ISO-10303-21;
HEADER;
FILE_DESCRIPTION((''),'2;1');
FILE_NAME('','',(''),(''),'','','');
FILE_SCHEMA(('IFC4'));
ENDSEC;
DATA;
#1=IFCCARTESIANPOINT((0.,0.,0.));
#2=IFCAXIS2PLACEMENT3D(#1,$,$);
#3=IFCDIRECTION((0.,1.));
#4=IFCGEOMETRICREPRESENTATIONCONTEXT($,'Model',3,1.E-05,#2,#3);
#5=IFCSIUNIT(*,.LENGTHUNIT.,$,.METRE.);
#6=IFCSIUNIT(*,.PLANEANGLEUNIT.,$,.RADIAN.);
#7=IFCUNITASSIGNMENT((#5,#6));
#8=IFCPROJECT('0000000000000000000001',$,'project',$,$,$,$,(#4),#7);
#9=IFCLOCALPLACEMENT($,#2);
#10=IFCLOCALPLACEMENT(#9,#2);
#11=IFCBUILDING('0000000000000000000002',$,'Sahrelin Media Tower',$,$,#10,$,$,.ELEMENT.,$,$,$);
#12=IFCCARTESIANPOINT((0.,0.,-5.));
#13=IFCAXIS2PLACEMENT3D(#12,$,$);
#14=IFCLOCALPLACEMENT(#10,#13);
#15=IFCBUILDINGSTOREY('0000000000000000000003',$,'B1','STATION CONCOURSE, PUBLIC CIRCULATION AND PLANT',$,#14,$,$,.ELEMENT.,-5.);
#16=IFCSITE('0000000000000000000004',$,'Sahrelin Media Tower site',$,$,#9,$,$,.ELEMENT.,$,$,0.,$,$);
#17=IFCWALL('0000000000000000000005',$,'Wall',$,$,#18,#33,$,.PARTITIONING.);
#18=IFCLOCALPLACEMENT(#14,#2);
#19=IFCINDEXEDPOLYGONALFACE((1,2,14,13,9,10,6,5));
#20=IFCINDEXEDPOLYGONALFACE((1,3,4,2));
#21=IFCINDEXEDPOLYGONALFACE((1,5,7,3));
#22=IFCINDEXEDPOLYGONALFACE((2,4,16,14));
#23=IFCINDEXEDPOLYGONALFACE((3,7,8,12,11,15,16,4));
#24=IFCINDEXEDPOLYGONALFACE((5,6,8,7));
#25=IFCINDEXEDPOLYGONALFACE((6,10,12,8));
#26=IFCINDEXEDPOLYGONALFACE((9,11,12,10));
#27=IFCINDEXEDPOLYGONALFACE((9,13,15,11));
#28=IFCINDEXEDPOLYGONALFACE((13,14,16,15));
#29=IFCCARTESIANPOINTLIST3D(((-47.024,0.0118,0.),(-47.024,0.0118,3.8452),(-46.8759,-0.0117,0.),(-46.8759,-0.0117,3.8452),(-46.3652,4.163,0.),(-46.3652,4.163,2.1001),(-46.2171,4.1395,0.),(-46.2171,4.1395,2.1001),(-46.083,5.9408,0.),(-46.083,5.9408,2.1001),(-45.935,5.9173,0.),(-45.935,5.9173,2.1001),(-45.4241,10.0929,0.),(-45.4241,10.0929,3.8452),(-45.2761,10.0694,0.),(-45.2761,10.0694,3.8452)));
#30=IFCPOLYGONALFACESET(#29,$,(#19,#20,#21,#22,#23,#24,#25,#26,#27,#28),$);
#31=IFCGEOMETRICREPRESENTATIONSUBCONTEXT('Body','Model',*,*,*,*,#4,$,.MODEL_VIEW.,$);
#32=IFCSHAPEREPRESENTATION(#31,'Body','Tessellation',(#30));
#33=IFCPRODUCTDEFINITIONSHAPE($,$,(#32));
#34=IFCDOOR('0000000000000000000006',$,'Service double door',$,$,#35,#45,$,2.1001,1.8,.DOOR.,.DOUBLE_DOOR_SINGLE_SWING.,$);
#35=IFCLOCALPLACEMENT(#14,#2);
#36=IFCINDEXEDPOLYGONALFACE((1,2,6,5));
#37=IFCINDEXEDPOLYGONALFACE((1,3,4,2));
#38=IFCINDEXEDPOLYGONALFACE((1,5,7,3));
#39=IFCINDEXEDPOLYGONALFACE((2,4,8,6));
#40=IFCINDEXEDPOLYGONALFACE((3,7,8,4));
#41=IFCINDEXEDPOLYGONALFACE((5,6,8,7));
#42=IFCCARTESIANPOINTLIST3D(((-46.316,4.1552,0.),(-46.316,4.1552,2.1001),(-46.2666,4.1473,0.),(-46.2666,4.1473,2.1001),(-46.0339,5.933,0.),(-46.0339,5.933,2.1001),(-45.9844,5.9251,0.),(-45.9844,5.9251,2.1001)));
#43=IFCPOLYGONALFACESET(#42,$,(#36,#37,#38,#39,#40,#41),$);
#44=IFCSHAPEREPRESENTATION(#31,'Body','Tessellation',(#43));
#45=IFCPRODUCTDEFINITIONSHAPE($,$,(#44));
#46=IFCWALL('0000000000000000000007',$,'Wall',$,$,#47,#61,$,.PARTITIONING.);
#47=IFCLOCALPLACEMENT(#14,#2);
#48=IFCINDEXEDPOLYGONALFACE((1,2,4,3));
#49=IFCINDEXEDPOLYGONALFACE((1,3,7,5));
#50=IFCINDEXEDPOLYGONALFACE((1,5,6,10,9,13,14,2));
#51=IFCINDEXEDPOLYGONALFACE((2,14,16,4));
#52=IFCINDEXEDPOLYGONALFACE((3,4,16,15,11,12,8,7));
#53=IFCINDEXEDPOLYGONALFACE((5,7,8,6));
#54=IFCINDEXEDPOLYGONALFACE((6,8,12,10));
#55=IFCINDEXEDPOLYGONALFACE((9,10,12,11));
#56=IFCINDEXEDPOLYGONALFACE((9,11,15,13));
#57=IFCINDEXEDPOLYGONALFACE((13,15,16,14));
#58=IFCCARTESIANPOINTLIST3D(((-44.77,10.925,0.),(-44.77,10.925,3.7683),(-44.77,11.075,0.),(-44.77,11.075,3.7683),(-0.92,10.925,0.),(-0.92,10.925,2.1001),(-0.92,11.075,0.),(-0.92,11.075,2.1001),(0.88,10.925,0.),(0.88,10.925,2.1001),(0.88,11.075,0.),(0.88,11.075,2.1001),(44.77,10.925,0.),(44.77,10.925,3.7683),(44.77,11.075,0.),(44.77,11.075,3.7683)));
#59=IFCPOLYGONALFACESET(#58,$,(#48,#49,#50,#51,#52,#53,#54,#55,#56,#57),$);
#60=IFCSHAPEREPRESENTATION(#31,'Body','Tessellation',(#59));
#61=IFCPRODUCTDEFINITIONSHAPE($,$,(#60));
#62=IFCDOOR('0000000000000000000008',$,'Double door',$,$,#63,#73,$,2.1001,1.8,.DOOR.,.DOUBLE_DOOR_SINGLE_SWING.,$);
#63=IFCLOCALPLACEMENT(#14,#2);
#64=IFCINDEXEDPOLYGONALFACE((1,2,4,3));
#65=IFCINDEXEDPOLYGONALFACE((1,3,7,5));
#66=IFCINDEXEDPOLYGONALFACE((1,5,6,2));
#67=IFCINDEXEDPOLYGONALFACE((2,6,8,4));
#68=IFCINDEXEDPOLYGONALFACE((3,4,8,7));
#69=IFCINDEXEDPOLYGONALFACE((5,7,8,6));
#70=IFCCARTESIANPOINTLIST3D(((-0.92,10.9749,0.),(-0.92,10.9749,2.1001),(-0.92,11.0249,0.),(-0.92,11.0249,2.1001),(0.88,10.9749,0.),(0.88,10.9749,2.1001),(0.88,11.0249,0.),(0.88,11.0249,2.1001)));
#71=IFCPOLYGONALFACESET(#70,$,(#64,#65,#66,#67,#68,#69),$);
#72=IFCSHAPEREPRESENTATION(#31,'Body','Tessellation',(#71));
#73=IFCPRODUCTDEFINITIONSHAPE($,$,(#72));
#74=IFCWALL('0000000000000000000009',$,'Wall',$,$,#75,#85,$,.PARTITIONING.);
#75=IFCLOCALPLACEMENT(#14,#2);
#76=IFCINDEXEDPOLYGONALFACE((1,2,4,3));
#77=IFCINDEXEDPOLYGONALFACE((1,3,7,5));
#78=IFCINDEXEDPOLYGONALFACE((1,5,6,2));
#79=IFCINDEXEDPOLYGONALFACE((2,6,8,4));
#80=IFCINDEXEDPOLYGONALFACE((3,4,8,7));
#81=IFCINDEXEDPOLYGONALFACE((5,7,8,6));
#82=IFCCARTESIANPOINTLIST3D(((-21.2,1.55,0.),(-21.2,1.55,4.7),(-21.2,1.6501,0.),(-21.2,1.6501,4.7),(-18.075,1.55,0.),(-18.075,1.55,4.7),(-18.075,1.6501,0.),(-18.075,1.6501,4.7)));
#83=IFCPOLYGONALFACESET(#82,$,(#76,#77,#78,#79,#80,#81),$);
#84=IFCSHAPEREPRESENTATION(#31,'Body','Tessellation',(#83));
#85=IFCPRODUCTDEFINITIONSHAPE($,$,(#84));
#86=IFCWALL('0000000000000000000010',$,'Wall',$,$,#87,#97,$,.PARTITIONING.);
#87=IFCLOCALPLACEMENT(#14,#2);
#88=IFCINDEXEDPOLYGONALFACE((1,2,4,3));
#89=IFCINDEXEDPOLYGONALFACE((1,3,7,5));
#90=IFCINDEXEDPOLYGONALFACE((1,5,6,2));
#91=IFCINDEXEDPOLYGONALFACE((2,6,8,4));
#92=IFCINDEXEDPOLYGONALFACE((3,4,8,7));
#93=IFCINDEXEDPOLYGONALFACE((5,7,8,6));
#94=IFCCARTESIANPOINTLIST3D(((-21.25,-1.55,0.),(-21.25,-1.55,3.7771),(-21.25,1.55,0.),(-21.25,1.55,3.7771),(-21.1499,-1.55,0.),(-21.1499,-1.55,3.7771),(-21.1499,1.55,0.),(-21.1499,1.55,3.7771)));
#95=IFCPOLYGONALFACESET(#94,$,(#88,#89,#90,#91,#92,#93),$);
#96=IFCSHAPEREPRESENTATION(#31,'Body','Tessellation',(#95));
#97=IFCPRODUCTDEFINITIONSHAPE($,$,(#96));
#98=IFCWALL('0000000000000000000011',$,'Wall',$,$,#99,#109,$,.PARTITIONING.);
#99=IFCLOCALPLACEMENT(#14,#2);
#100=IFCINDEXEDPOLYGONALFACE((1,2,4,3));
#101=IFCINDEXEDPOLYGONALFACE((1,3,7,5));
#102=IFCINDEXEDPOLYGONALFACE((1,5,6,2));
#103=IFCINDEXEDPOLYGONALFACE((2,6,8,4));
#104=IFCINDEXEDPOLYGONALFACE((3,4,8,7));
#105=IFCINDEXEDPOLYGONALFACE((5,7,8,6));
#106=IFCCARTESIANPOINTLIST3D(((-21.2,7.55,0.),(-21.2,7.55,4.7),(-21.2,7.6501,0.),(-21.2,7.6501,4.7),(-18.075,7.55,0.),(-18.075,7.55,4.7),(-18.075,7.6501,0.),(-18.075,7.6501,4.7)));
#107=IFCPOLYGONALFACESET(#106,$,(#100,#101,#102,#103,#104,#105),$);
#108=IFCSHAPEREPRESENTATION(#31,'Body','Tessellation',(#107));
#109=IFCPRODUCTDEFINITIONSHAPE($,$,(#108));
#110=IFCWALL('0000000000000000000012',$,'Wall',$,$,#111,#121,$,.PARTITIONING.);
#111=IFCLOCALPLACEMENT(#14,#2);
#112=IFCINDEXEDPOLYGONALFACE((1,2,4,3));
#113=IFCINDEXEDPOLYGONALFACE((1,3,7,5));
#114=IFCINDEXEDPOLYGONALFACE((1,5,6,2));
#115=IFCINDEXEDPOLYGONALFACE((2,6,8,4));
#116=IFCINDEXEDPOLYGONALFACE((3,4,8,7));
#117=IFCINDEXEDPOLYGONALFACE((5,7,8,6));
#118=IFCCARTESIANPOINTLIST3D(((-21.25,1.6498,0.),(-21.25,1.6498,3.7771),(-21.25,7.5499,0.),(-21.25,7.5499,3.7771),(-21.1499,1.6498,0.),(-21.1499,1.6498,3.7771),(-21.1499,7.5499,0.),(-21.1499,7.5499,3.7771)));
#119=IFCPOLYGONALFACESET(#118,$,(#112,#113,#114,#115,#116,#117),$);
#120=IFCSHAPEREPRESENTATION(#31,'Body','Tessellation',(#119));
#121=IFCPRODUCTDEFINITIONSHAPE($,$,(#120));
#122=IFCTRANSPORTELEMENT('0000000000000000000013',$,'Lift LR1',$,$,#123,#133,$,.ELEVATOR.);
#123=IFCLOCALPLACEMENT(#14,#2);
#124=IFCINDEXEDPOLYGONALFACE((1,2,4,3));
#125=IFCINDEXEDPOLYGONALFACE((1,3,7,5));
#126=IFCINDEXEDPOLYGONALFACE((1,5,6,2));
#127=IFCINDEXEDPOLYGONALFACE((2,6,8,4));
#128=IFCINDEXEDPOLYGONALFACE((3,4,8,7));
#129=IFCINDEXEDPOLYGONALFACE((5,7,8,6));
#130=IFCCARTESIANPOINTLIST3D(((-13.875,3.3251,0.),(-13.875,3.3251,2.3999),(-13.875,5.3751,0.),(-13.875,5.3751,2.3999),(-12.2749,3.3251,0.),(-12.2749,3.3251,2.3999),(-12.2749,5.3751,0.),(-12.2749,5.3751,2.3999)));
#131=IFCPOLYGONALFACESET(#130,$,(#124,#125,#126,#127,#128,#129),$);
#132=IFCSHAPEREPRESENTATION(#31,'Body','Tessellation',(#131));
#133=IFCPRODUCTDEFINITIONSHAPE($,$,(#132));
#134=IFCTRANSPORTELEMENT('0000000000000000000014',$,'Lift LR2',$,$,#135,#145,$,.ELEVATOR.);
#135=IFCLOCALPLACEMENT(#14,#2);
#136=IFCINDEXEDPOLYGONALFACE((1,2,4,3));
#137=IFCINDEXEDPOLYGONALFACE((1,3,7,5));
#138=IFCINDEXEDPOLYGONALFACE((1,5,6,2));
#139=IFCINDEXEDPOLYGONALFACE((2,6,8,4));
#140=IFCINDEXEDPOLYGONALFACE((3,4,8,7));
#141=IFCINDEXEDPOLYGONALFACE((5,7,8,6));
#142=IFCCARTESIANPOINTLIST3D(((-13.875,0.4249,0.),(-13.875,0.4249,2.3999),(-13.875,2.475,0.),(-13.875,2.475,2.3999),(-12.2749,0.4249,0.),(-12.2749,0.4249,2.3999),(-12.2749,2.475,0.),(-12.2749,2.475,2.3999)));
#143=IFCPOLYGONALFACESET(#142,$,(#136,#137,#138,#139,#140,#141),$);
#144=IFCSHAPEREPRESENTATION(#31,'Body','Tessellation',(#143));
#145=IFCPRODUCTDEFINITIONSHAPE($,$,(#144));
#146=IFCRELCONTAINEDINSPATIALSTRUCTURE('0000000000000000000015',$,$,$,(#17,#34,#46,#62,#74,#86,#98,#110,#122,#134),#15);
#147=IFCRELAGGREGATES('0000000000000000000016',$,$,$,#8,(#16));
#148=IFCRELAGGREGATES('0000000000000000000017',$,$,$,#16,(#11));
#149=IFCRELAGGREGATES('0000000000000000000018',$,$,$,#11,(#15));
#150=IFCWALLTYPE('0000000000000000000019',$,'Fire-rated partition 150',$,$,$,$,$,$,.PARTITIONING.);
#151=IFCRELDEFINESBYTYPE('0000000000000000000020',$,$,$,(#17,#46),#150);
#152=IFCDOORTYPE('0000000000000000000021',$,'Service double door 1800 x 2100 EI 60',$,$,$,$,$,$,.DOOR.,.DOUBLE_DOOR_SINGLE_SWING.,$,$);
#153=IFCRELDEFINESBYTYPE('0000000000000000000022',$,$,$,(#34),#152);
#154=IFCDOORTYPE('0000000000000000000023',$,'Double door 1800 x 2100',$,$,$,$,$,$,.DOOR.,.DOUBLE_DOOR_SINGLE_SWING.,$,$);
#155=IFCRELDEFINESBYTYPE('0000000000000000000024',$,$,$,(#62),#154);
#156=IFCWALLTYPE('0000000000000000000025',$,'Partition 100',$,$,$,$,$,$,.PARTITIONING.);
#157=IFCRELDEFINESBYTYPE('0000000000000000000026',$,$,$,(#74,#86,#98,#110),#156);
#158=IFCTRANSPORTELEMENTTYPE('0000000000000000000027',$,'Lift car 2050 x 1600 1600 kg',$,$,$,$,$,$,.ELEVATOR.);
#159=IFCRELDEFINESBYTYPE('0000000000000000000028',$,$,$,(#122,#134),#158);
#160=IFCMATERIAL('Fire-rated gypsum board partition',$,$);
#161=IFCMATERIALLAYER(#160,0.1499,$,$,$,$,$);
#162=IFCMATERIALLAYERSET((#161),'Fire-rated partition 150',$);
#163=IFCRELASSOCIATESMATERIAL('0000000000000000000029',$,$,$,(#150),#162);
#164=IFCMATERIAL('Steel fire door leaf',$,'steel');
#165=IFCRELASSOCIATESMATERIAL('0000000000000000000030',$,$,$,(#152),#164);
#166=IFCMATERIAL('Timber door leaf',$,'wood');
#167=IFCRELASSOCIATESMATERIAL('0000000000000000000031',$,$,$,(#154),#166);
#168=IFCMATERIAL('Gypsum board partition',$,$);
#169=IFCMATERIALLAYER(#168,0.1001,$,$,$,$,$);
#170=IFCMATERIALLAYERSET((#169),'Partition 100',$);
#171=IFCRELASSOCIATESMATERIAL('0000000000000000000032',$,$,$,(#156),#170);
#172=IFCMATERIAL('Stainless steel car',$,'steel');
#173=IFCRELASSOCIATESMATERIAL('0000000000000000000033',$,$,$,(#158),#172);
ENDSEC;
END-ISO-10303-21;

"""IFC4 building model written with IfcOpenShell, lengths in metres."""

from ifc_helpers import new_model, si_unit, direction, frame, frame_2d, origin, origin_2d, place, context, subcontext, project, spatial, rectangle, extrude, material, layer, layer_set, type_object, element, fill, save


model = new_model("IFC4")

# Units and contexts
model_context = context("Model", 3, precision=1e-05, world=origin(), true_north=direction((0.0, 1.0)))
body_context = subcontext(model_context, "Body", "Model", "MODEL_VIEW")
ifc_project = project(units=[si_unit("LENGTHUNIT", "METRE"), si_unit("PLANEANGLEUNIT", "RADIAN")], contexts=[model_context])

# Site, building, storey
site_placement = place(None, origin())
site = spatial("IfcSite", under=ifc_project, at=site_placement, Name="Sahrelin Media Tower site", CompositionType="ELEMENT", RefElevation=0.0)
building_placement = place(site_placement, origin())
building = spatial("IfcBuilding", under=site, at=building_placement, Name="Sahrelin Media Tower", CompositionType="ELEMENT")
storey_placement = place(building_placement, frame((0.0, 0.0, -5.0)))
storey = spatial("IfcBuildingStorey", under=building, at=storey_placement, Name="B1", Description="STATION CONCOURSE, PUBLIC CIRCULATION AND PLANT", CompositionType="ELEMENT", Elevation=-5.0)

# Shared definitions
ifc_material_1 = material(Name="Steel fire door leaf", Category="steel")

# Walls, openings, doors
ifc_material_2 = material(Name="Fire-rated gypsum board partition")
ifc_layer_1 = layer(ifc_material_2, 0.1499)
ifc_layer_set_1 = layer_set([ifc_layer_1], Name="Fire-rated partition 150")
wall_type_1 = type_object("IfcWallType", Name="Fire-rated partition 150", PredefinedType="PARTITIONING", material=ifc_layer_set_1)
wall_1_placement = place(storey_placement, frame((-45.3501, 10.0811, 0.0), z_axis=(0.0, 0.0, 1.0), x_axis=(-0.156738, -0.98764, 0.0)))
wall_1 = element("IfcWall", 1, at=wall_1_placement, inside=storey, type_object=wall_type_1, Name="Wall", PredefinedType="PARTITIONING", context=body_context, shape_type="SweptSolid", body=[
    extrude(rectangle(XDim=10.2073, YDim=0.1499, at=frame_2d((5.1035, 0.0))), origin(), (0.0, 0.0, 1.0), 3.8452),
])
opening_1_placement = place(wall_1_placement, frame((4.2041, 0.0, 0.0)))
opening_1 = element("IfcOpeningElement", 2, at=opening_1_placement, cuts=wall_1, PredefinedType="OPENING", context=body_context, shape_type="SweptSolid", body=[
    extrude(rectangle(XDim=1.8, YDim=2.1001, at=frame_2d((0.8999, 1.05))), frame((0.0, 0.075, 0.0), z_axis=(0.0, -1.0, 0.0), x_axis=(1.0, 0.0, 0.0)), (0.0, 0.0, 1.0), 0.1499),
])
door_type_1 = type_object("IfcDoorType", Name="Service double door 1800 x 2100 EI 60", OperationType="DOUBLE_DOOR_SINGLE_SWING", PredefinedType="DOOR", material=ifc_material_1)
door_1_placement = place(opening_1_placement, origin())
door_1 = element("IfcDoor", 3, at=door_1_placement, inside=storey, type_object=door_type_1, Name="Service double door", OperationType="DOUBLE_DOOR_SINGLE_SWING", OverallHeight=2.1001, OverallWidth=1.8, PredefinedType="DOOR", context=body_context, shape_type="SweptSolid", body=[
    extrude(rectangle(XDim=1.8, YDim=2.1001, at=frame_2d((0.8999, 1.05))), frame((0.0, 0.0249, 0.0), z_axis=(0.0, -1.0, 0.0), x_axis=(1.0, 0.0, 0.0)), (0.0, 0.0, 1.0), 0.05),
])
fill(opening_1, door_1)
wall_2_placement = place(storey_placement, frame((-44.77, 11.0, 0.0), z_axis=(0.0, 0.0, 1.0), x_axis=(1.0, 0.0, 0.0)))
wall_2 = element("IfcWall", 4, at=wall_2_placement, inside=storey, type_object=wall_type_1, Name="Wall", PredefinedType="PARTITIONING", context=body_context, shape_type="SweptSolid", body=[
    extrude(rectangle(XDim=89.54, YDim=0.1499, at=frame_2d((44.77, 0.0))), origin(), (0.0, 0.0, 1.0), 3.7683),
])
opening_2_placement = place(wall_2_placement, frame((43.8501, 0.0, 0.0)))
opening_2 = element("IfcOpeningElement", 5, at=opening_2_placement, cuts=wall_2, PredefinedType="OPENING", context=body_context, shape_type="SweptSolid", body=[
    extrude(rectangle(XDim=1.8, YDim=2.1001, at=frame_2d((0.8999, 1.05))), frame((0.0, 0.075, 0.0), z_axis=(0.0, -1.0, 0.0), x_axis=(1.0, 0.0, 0.0)), (0.0, 0.0, 1.0), 0.1499),
])
ifc_material_3 = material(Name="Timber door leaf", Category="wood")
door_type_2 = type_object("IfcDoorType", Name="Double door 1800 x 2100", OperationType="DOUBLE_DOOR_SINGLE_SWING", PredefinedType="DOOR", material=ifc_material_3)
door_2_placement = place(opening_2_placement, origin())
door_2 = element("IfcDoor", 6, at=door_2_placement, inside=storey, type_object=door_type_2, Name="Double door", OperationType="DOUBLE_DOOR_SINGLE_SWING", OverallHeight=2.1001, OverallWidth=1.8, PredefinedType="DOOR", context=body_context, shape_type="SweptSolid", body=[
    extrude(rectangle(XDim=1.8, YDim=2.1001, at=frame_2d((0.8999, 1.05))), frame((0.0, 0.0249, 0.0), z_axis=(0.0, -1.0, 0.0), x_axis=(1.0, 0.0, 0.0)), (0.0, 0.0, 1.0), 0.05),
])
fill(opening_2, door_2)

# Walls
ifc_material_4 = material(Name="Gypsum board partition")
ifc_layer_2 = layer(ifc_material_4, 0.1001)
ifc_layer_set_2 = layer_set([ifc_layer_2], Name="Partition 100")
wall_type_2 = type_object("IfcWallType", Name="Partition 100", PredefinedType="PARTITIONING", material=ifc_layer_set_2)
wall_3_placement = place(storey_placement, frame((-18.075, 1.6001, 0.0), z_axis=(0.0, 0.0, 1.0), x_axis=(-1.0, 0.0, 0.0)))
element("IfcWall", 7, at=wall_3_placement, inside=storey, type_object=wall_type_2, Name="Wall", PredefinedType="PARTITIONING", context=body_context, shape_type="SweptSolid", body=[
    extrude(rectangle(XDim=3.125, YDim=0.1001, at=frame_2d((1.5625, 0.0))), origin(), (0.0, 0.0, 1.0), 4.7),
])
wall_4_placement = place(storey_placement, frame((-21.2, 1.55, 0.0), z_axis=(0.0, 0.0, 1.0), x_axis=(0.0, -1.0, 0.0)))
element("IfcWall", 8, at=wall_4_placement, inside=storey, type_object=wall_type_2, Name="Wall", PredefinedType="PARTITIONING", context=body_context, shape_type="SweptSolid", body=[
    extrude(rectangle(XDim=3.1001, YDim=0.1001, at=frame_2d((1.55, 0.0))), origin(), (0.0, 0.0, 1.0), 3.7771),
])
wall_5_placement = place(storey_placement, frame((-18.075, 7.6001, 0.0), z_axis=(0.0, 0.0, 1.0), x_axis=(-1.0, 0.0, 0.0)))
element("IfcWall", 9, at=wall_5_placement, inside=storey, type_object=wall_type_2, Name="Wall", PredefinedType="PARTITIONING", context=body_context, shape_type="SweptSolid", body=[
    extrude(rectangle(XDim=3.125, YDim=0.1001, at=frame_2d((1.5625, 0.0))), origin(), (0.0, 0.0, 1.0), 4.7),
])
wall_6_placement = place(storey_placement, frame((-21.2, 7.55, 0.0), z_axis=(0.0, 0.0, 1.0), x_axis=(0.0, -1.0, 0.0)))
element("IfcWall", 10, at=wall_6_placement, inside=storey, type_object=wall_type_2, Name="Wall", PredefinedType="PARTITIONING", context=body_context, shape_type="SweptSolid", body=[
    extrude(rectangle(XDim=5.9001, YDim=0.1001, at=frame_2d((2.9502, 0.0))), origin(), (0.0, 0.0, 1.0), 3.7771),
])

# Transport elements
ifc_material_5 = material(Name="Stainless steel car", Category="steel")
transport_element_type = type_object("IfcTransportElementType", Name="Lift car 2050 x 1600 1600 kg", PredefinedType="ELEVATOR", material=ifc_material_5)
for number, where, z_axis, x_axis, name in (
    (11, (-13.075, 4.3501, 0.0), (0.0, 0.0, 1.0), (1.0, 0.0, 0.0), "Lift LR1"),
    (12, (-13.075, 1.45, 0.0), (0.0, 0.0, 1.0), (1.0, 0.0, 0.0), "Lift LR2"),
):
    element("IfcTransportElement", number, at=place(storey_placement, frame(where, z_axis=z_axis, x_axis=x_axis)), inside=storey, type_object=transport_element_type, Name=name, PredefinedType="ELEVATOR", context=body_context, shape_type="SweptSolid", body=[
        extrude(rectangle(XDim=1.6001, YDim=2.05, at=origin_2d()), origin(), (0.0, 0.0, 1.0), 2.3999),
    ])

save(model, "model.ifc")
